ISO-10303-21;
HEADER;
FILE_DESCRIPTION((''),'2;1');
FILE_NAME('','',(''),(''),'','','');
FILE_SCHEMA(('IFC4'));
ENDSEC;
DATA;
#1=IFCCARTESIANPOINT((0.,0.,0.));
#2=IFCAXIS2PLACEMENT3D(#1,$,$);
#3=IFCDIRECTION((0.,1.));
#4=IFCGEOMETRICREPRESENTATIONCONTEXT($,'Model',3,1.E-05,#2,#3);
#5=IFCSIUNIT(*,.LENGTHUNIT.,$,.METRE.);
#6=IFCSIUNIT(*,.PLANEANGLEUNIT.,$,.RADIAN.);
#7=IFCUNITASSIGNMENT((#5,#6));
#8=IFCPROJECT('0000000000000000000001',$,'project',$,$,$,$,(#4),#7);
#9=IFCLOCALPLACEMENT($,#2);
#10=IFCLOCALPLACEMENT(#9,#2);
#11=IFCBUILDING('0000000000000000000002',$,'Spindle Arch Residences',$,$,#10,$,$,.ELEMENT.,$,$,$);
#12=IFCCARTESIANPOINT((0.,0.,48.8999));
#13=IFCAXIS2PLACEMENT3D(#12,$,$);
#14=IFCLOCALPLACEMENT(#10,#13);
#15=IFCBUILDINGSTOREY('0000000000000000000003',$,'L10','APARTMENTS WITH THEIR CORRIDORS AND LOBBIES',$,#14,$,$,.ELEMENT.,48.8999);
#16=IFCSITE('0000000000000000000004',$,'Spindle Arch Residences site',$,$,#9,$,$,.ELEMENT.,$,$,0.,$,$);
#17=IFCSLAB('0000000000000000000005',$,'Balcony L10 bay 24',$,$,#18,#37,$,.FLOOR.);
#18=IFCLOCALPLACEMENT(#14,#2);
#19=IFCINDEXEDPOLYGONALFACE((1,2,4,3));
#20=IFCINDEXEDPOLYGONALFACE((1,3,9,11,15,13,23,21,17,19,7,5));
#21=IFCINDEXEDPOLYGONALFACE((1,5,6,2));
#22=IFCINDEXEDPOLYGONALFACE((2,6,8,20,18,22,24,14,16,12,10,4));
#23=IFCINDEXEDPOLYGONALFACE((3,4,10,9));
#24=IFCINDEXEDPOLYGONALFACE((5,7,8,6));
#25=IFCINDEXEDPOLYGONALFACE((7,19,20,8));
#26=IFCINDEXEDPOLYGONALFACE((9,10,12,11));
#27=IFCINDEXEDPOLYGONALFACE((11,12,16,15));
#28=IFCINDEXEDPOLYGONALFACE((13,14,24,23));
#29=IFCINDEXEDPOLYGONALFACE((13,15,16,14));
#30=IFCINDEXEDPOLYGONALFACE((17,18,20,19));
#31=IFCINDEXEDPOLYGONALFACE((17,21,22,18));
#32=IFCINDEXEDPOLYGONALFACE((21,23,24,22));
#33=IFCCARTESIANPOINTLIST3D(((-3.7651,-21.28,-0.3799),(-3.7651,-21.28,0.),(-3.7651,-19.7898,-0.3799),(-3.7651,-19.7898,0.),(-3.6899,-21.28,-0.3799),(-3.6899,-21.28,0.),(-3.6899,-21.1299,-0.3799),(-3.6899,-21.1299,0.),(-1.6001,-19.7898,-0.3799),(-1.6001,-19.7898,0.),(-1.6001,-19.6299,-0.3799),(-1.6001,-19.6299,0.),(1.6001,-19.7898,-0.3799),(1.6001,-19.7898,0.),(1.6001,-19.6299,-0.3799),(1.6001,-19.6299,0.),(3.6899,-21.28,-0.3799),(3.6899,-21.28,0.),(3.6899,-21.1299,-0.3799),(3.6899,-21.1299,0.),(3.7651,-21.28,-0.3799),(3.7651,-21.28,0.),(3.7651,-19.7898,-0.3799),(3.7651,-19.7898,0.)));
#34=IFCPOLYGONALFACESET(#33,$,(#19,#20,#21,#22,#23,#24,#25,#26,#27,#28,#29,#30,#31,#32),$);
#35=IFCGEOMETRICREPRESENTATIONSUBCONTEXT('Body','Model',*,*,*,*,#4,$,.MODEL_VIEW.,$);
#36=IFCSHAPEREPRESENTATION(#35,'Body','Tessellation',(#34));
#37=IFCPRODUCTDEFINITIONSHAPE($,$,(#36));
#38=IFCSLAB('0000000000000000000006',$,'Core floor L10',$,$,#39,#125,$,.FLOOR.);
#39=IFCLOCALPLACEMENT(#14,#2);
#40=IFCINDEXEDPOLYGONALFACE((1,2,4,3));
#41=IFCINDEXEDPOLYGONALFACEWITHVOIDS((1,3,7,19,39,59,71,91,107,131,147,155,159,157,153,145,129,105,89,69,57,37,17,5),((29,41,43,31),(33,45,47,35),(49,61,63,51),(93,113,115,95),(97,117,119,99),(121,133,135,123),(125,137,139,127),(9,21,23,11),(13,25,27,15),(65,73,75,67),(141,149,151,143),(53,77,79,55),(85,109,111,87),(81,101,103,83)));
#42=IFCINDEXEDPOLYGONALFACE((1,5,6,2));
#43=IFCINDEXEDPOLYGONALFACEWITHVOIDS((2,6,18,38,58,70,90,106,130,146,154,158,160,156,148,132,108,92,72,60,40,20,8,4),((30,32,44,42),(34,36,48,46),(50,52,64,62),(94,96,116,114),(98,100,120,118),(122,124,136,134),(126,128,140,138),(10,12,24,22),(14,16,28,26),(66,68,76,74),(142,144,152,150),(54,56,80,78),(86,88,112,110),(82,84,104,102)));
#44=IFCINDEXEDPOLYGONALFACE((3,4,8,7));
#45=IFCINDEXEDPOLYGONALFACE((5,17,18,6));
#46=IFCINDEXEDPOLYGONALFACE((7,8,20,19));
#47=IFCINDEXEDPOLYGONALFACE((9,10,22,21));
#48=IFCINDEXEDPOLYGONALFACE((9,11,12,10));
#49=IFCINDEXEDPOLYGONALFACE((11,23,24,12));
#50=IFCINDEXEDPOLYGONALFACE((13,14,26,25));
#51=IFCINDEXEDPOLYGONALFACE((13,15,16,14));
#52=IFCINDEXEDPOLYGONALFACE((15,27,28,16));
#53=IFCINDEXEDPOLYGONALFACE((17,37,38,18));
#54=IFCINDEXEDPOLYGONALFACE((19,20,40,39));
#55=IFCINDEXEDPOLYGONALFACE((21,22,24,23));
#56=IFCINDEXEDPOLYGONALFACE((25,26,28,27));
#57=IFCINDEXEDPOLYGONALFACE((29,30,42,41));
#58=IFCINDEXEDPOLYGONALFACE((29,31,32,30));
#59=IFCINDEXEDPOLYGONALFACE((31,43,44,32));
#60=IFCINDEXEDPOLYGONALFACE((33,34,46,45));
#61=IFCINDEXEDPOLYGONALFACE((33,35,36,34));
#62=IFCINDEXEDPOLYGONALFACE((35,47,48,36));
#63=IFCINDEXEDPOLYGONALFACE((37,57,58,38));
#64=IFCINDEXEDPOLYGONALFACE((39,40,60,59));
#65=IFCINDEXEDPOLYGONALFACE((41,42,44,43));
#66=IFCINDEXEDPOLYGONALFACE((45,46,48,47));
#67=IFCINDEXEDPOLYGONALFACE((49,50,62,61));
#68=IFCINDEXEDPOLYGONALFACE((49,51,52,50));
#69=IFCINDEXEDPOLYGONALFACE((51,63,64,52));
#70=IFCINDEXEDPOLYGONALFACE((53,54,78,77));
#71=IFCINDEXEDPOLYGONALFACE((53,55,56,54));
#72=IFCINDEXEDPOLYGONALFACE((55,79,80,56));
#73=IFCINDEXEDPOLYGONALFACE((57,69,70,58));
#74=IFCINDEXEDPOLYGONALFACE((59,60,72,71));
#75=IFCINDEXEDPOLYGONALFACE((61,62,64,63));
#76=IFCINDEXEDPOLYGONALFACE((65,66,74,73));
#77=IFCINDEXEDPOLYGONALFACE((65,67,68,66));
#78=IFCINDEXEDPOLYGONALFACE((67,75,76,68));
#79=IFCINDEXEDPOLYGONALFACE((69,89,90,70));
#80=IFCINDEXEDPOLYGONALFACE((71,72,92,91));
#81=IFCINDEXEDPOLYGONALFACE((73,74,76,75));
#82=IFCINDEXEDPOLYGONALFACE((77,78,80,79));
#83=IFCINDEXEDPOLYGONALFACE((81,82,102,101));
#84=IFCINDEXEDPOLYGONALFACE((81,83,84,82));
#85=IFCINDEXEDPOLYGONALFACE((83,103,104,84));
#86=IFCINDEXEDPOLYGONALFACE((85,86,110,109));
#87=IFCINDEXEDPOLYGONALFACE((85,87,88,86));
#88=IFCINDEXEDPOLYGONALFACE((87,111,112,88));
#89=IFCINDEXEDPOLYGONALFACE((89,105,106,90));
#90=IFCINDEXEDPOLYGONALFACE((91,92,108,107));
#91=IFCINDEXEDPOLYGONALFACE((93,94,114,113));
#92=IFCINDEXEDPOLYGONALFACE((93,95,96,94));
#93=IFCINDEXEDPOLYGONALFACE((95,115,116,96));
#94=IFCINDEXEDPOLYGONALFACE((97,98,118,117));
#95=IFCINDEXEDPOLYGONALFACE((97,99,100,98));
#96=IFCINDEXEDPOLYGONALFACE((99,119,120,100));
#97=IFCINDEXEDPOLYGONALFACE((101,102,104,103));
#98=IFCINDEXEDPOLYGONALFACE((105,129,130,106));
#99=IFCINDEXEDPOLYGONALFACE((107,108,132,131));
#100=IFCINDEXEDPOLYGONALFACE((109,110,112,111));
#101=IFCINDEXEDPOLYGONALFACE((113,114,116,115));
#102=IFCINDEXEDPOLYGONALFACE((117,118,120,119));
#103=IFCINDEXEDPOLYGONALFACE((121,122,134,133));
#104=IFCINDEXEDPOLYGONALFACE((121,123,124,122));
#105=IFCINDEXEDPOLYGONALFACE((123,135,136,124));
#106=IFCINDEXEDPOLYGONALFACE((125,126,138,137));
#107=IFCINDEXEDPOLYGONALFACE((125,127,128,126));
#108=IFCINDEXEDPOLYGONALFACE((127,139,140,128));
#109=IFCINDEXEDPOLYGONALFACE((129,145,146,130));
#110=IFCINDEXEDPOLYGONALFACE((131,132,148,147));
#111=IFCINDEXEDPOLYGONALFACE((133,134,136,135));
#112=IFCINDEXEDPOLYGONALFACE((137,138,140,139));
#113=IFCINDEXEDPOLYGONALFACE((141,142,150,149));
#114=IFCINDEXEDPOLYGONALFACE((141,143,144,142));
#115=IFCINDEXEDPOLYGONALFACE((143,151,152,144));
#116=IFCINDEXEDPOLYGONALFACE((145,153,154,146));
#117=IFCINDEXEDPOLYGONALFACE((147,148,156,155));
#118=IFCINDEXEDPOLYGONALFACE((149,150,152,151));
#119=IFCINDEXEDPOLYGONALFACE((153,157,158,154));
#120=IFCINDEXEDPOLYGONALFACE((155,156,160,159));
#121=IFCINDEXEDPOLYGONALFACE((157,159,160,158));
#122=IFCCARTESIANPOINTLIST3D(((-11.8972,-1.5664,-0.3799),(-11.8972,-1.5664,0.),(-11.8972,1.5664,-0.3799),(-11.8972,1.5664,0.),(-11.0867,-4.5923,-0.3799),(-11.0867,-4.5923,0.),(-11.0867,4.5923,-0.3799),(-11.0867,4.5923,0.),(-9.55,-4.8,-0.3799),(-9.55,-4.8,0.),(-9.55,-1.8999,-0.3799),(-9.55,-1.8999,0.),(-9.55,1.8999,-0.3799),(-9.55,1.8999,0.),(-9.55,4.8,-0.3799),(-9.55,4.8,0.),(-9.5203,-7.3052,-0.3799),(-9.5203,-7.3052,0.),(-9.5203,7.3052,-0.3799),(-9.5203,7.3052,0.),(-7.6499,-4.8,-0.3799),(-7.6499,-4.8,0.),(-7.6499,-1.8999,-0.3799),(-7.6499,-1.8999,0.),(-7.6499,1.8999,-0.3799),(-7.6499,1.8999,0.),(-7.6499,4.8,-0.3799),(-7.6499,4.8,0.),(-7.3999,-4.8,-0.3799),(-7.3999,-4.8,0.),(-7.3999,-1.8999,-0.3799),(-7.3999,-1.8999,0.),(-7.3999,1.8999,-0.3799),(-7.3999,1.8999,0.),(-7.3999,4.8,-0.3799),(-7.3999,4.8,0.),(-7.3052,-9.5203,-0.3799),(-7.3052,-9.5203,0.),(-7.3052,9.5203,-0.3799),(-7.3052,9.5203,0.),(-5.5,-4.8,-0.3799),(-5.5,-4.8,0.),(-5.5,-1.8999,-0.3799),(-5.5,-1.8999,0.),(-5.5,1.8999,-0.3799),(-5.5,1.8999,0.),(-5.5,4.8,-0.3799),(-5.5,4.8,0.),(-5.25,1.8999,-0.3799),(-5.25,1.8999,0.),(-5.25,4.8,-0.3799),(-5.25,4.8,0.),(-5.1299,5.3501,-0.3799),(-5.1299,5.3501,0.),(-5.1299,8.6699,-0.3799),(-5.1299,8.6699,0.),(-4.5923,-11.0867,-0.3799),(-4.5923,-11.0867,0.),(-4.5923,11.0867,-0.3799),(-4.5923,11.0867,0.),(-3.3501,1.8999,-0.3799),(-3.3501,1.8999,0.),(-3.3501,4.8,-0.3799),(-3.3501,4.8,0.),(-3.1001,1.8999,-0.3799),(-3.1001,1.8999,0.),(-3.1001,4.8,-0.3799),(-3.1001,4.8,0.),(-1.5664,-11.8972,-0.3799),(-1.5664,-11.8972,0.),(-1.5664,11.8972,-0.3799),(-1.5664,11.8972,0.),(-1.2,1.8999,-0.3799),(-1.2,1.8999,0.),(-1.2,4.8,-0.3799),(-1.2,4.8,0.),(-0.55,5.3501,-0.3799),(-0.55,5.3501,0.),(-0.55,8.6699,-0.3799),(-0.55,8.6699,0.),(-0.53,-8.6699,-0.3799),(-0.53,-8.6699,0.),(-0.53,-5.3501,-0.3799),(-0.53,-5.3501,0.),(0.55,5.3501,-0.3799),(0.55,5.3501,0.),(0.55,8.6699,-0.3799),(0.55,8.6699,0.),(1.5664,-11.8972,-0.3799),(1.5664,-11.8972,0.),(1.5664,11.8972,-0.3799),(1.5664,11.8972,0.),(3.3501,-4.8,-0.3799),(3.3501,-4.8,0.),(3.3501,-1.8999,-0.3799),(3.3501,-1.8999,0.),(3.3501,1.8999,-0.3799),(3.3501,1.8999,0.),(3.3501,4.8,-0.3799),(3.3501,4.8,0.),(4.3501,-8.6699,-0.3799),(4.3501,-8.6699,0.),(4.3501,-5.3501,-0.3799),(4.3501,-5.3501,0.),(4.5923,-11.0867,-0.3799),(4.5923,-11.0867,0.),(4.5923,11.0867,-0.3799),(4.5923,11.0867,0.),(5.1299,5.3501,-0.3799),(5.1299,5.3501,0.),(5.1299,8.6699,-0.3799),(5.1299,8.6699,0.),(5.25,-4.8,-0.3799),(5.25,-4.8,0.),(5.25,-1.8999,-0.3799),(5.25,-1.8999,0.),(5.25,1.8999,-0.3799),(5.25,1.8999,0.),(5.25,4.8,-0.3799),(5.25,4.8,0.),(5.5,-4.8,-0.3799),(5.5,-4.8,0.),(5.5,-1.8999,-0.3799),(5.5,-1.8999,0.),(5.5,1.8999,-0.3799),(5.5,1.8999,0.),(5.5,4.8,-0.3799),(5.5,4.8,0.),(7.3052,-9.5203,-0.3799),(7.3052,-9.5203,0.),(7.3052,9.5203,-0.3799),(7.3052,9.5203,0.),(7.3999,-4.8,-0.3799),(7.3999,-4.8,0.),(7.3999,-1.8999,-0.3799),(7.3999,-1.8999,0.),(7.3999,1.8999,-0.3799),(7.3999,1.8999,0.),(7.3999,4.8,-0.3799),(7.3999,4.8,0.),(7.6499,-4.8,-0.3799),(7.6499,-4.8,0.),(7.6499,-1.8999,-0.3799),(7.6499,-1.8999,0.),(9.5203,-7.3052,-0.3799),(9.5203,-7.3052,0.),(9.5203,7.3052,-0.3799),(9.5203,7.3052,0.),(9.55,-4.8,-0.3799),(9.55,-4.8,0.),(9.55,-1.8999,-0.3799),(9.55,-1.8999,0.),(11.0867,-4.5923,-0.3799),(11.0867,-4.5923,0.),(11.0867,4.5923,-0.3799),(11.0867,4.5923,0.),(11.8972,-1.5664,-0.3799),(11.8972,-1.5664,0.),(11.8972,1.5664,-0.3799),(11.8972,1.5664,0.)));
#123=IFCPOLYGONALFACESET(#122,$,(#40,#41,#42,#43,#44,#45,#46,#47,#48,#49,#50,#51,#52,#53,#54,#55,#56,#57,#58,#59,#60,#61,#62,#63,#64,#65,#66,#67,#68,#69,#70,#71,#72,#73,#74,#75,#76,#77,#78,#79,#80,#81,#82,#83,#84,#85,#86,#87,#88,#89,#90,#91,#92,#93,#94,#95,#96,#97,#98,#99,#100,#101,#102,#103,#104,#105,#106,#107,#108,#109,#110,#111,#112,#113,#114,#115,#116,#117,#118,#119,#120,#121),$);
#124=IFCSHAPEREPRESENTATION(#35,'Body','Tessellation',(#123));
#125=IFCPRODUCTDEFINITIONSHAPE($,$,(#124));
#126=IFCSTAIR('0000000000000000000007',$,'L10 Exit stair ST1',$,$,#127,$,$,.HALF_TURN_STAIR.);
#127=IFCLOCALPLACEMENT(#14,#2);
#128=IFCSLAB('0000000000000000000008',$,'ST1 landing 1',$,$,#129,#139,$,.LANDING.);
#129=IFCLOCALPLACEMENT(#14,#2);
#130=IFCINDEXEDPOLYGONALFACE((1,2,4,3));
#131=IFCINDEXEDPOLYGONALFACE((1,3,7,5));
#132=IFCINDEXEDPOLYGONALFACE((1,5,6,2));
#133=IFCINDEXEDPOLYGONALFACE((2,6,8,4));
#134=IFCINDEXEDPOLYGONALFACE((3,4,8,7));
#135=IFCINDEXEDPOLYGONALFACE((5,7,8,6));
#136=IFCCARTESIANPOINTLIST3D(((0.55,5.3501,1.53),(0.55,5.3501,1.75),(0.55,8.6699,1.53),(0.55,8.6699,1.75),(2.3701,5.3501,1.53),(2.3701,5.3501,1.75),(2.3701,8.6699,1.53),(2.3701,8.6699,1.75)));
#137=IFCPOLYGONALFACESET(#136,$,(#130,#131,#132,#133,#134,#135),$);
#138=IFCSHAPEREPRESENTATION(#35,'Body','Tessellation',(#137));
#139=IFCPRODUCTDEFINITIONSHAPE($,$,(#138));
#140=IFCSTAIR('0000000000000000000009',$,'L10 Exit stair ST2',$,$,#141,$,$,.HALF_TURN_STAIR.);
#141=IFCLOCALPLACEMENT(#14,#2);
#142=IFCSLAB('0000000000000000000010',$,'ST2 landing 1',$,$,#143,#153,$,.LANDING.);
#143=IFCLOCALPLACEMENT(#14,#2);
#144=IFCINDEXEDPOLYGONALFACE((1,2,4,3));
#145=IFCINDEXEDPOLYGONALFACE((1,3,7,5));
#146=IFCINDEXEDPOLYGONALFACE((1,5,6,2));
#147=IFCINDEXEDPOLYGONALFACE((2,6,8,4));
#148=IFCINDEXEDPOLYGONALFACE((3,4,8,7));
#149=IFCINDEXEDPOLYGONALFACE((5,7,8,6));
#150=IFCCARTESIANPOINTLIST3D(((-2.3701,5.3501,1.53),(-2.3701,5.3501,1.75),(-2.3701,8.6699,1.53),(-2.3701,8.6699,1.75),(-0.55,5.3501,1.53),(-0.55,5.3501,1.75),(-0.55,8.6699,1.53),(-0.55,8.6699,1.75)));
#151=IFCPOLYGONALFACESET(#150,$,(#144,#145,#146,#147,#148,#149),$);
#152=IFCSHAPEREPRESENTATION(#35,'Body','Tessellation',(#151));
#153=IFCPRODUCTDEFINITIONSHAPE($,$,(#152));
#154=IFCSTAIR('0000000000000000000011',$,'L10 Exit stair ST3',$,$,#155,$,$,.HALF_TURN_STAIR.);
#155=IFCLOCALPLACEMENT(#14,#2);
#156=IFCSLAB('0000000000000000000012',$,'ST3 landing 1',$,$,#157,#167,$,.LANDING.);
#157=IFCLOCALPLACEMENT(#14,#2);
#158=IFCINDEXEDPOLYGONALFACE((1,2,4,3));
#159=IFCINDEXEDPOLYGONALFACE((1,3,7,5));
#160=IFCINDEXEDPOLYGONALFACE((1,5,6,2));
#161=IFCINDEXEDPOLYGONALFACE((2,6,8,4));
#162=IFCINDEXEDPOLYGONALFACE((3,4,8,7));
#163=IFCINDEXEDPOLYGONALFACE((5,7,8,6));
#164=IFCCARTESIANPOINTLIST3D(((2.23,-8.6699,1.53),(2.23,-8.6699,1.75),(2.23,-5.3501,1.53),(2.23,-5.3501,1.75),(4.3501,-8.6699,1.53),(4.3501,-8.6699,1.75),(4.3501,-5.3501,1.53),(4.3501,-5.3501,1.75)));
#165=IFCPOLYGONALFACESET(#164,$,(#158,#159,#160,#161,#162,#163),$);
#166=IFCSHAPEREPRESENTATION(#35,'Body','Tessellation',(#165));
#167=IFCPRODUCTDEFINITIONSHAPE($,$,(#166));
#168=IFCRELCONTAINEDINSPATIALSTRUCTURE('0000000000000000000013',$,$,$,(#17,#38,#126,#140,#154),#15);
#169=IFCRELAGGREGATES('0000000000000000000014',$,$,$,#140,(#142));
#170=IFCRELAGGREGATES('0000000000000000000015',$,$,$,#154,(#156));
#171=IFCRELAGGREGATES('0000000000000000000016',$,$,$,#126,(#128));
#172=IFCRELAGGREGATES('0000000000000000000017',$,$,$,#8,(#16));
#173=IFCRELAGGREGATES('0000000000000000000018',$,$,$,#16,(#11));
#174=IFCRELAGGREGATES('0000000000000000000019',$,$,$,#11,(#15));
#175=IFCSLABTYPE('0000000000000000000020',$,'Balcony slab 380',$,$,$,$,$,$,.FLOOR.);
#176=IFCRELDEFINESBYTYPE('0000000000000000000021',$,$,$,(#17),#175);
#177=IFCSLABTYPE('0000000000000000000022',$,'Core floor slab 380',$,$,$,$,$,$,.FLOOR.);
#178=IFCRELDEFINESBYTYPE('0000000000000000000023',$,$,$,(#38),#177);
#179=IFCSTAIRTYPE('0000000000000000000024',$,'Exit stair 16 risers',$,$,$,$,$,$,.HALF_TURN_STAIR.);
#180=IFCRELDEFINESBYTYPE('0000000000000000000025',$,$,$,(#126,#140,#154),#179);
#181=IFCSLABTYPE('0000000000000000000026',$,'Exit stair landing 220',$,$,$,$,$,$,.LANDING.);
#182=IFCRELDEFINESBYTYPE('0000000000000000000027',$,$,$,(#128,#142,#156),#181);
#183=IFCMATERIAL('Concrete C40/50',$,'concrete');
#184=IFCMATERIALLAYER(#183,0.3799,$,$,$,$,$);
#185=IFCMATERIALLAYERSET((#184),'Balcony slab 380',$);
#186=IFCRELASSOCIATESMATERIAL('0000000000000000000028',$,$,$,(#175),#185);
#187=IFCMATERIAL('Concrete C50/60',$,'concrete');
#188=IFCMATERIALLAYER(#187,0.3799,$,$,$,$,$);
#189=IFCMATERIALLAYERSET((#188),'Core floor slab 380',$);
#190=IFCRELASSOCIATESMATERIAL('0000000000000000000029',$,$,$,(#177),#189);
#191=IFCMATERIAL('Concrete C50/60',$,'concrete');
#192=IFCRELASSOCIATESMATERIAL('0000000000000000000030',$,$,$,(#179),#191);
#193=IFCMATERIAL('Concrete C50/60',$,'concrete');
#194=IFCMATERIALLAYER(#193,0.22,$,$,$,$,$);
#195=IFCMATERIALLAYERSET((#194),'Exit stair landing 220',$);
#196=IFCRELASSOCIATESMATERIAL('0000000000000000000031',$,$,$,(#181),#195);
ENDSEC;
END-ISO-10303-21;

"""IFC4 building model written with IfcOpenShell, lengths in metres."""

from ifc_helpers import new_model, si_unit, direction, frame, origin, place, context, subcontext, project, spatial, polyline, outline, extrude, material, layer, layer_set, type_object, element, aggregate, save


model = new_model("IFC4")

# Units and contexts
model_context = context("Model", 3, precision=1e-05, world=origin(), true_north=direction((0.0, 1.0)))
body_context = subcontext(model_context, "Body", "Model", "MODEL_VIEW")
ifc_project = project(units=[si_unit("LENGTHUNIT", "METRE"), si_unit("PLANEANGLEUNIT", "RADIAN")], contexts=[model_context])

# Site, building, storey
site_placement = place(None, origin())
site = spatial("IfcSite", under=ifc_project, at=site_placement, Name="Spindle Arch Residences site", CompositionType="ELEMENT", RefElevation=0.0)
building_placement = place(site_placement, origin())
building = spatial("IfcBuilding", under=site, at=building_placement, Name="Spindle Arch Residences", CompositionType="ELEMENT")
storey_placement = place(building_placement, frame((0.0, 0.0, 48.8999)))
storey = spatial("IfcBuildingStorey", under=building, at=storey_placement, Name="L10", Description="APARTMENTS WITH THEIR CORRIDORS AND LOBBIES", CompositionType="ELEMENT", Elevation=48.8999)

# Slabs
ifc_material_1 = material(Name="Concrete C40/50", Category="concrete")
ifc_layer_1 = layer(ifc_material_1, 0.3799)
ifc_layer_set_1 = layer_set([ifc_layer_1], Name="Balcony slab 380")
slab_type_1 = type_object("IfcSlabType", Name="Balcony slab 380", PredefinedType="FLOOR", material=ifc_layer_set_1)
slab_1_placement = place(storey_placement, frame((0.0, 0.0, -0.3799)))
element("IfcSlab", 1, at=slab_1_placement, inside=storey, type_object=slab_type_1, Name="Balcony L10 bay 24", PredefinedType="FLOOR", context=body_context, shape_type="SweptSolid", body=[
    extrude(outline(polyline([(-3.7651, -21.28), (-3.6899, -21.28), (-3.6899, -21.1299), (3.6899, -21.1299), (3.6899, -21.28), (3.7651, -21.28), (3.7651, -19.7898), (1.6001, -19.7898), (1.6001, -19.6299), (-1.6001, -19.6299), (-1.6001, -19.7898), (-3.7651, -19.7898), (-3.7651, -21.28)])), origin(), (0.0, 0.0, 1.0), 0.3799),
])
ifc_material_2 = material(Name="Concrete C50/60", Category="concrete")
ifc_layer_2 = layer(ifc_material_2, 0.3799)
ifc_layer_set_2 = layer_set([ifc_layer_2], Name="Core floor slab 380")
slab_type_2 = type_object("IfcSlabType", Name="Core floor slab 380", PredefinedType="FLOOR", material=ifc_layer_set_2)
slab_2_placement = place(storey_placement, frame((0.0, 0.0, -0.3799)))
element("IfcSlab", 2, at=slab_2_placement, inside=storey, type_object=slab_type_2, Name="Core floor L10", PredefinedType="FLOOR", context=body_context, shape_type="SweptSolid", body=[
    extrude(outline(polyline([(1.5664, -11.8972), (4.5923, -11.0867), (7.3052, -9.5203), (9.5203, -7.3052), (11.0867, -4.5923), (11.8972, -1.5664), (11.8972, 1.5664), (11.0867, 4.5923), (9.5203, 7.3052), (7.3052, 9.5203), (4.5923, 11.0867), (1.5664, 11.8972), (-1.5664, 11.8972), (-4.5923, 11.0867), (-7.3052, 9.5203), (-9.5203, 7.3052), (-11.0867, 4.5923), (-11.8972, 1.5664), (-11.8972, -1.5664), (-11.0867, -4.5923), (-9.5203, -7.3052), (-7.3052, -9.5203), (-4.5923, -11.0867), (-1.5664, -11.8972), (1.5664, -11.8972)]), holes=[polyline([(-9.55, 1.8999), (-7.6499, 1.8999), (-7.6499, 4.8), (-9.55, 4.8), (-9.55, 1.8999)]), polyline([(-7.3999, 1.8999), (-5.5, 1.8999), (-5.5, 4.8), (-7.3999, 4.8), (-7.3999, 1.8999)]), polyline([(-5.25, 1.8999), (-3.3501, 1.8999), (-3.3501, 4.8), (-5.25, 4.8), (-5.25, 1.8999)]), polyline([(-3.1001, 1.8999), (-1.2, 1.8999), (-1.2, 4.8), (-3.1001, 4.8), (-3.1001, 1.8999)]), polyline([(3.3501, 1.8999), (5.25, 1.8999), (5.25, 4.8), (3.3501, 4.8), (3.3501, 1.8999)]), polyline([(5.5, 1.8999), (7.3999, 1.8999), (7.3999, 4.8), (5.5, 4.8), (5.5, 1.8999)]), polyline([(-9.55, -4.8), (-7.6499, -4.8), (-7.6499, -1.8999), (-9.55, -1.8999), (-9.55, -4.8)]), polyline([(-7.3999, -4.8), (-5.5, -4.8), (-5.5, -1.8999), (-7.3999, -1.8999), (-7.3999, -4.8)]), polyline([(3.3501, -4.8), (5.25, -4.8), (5.25, -1.8999), (3.3501, -1.8999), (3.3501, -4.8)]), polyline([(5.5, -4.8), (7.3999, -4.8), (7.3999, -1.8999), (5.5, -1.8999), (5.5, -4.8)]), polyline([(7.6499, -4.8), (9.55, -4.8), (9.55, -1.8999), (7.6499, -1.8999), (7.6499, -4.8)]), polyline([(5.1299, 8.6699), (0.55, 8.6699), (0.55, 5.3501), (5.1299, 5.3501), (5.1299, 8.6699)]), polyline([(-5.1299, 5.3501), (-0.55, 5.3501), (-0.55, 8.6699), (-5.1299, 8.6699), (-5.1299, 5.3501)]), polyline([(-0.53, -8.6699), (4.3501, -8.6699), (4.3501, -5.3501), (-0.53, -5.3501), (-0.53, -8.6699)])]), origin(), (0.0, 0.0, 1.0), 0.3799),
])

# Stairs, slabs
ifc_material_3 = material(Name="Concrete C50/60", Category="concrete")
stair_type = type_object("IfcStairType", Name="Exit stair 16 risers", PredefinedType="HALF_TURN_STAIR", material=ifc_material_3)
stair_1_placement = place(storey_placement, origin())
stair_1 = element("IfcStair", 3, at=stair_1_placement, inside=storey, type_object=stair_type, Name="L10 Exit stair ST1", PredefinedType="HALF_TURN_STAIR")
ifc_material_4 = material(Name="Concrete C50/60", Category="concrete")
ifc_layer_3 = layer(ifc_material_4, 0.22)
ifc_layer_set_3 = layer_set([ifc_layer_3], Name="Exit stair landing 220")
slab_type_3 = type_object("IfcSlabType", Name="Exit stair landing 220", PredefinedType="LANDING", material=ifc_layer_set_3)
slab_3_placement = place(storey_placement, frame((0.0, 0.0, 1.53)))
slab_3 = element("IfcSlab", 4, at=slab_3_placement, type_object=slab_type_3, Name="ST1 landing 1", PredefinedType="LANDING", context=body_context, shape_type="SweptSolid", body=[
    extrude(outline(polyline([(2.3701, 8.6699), (0.55, 8.6699), (0.55, 5.3501), (2.3701, 5.3501), (2.3701, 8.6699)])), origin(), (0.0, 0.0, 1.0), 0.22),
])
stair_2_placement = place(storey_placement, origin())
stair_2 = element("IfcStair", 5, at=stair_2_placement, inside=storey, type_object=stair_type, Name="L10 Exit stair ST2", PredefinedType="HALF_TURN_STAIR")
slab_4_placement = place(storey_placement, frame((0.0, 0.0, 1.53)))
slab_4 = element("IfcSlab", 6, at=slab_4_placement, type_object=slab_type_3, Name="ST2 landing 1", PredefinedType="LANDING", context=body_context, shape_type="SweptSolid", body=[
    extrude(outline(polyline([(-2.3701, 5.3501), (-0.55, 5.3501), (-0.55, 8.6699), (-2.3701, 8.6699), (-2.3701, 5.3501)])), origin(), (0.0, 0.0, 1.0), 0.22),
])
aggregate(stair_2, [slab_4])
stair_3_placement = place(storey_placement, origin())
stair_3 = element("IfcStair", 7, at=stair_3_placement, inside=storey, type_object=stair_type, Name="L10 Exit stair ST3", PredefinedType="HALF_TURN_STAIR")
slab_5_placement = place(storey_placement, frame((0.0, 0.0, 1.53)))
slab_5 = element("IfcSlab", 8, at=slab_5_placement, type_object=slab_type_3, Name="ST3 landing 1", PredefinedType="LANDING", context=body_context, shape_type="SweptSolid", body=[
    extrude(outline(polyline([(2.23, -8.6699), (4.3501, -8.6699), (4.3501, -5.3501), (2.23, -5.3501), (2.23, -8.6699)])), origin(), (0.0, 0.0, 1.0), 0.22),
])
aggregate(stair_3, [slab_5])

aggregate(stair_1, [slab_3])

save(model, "model.ifc")
